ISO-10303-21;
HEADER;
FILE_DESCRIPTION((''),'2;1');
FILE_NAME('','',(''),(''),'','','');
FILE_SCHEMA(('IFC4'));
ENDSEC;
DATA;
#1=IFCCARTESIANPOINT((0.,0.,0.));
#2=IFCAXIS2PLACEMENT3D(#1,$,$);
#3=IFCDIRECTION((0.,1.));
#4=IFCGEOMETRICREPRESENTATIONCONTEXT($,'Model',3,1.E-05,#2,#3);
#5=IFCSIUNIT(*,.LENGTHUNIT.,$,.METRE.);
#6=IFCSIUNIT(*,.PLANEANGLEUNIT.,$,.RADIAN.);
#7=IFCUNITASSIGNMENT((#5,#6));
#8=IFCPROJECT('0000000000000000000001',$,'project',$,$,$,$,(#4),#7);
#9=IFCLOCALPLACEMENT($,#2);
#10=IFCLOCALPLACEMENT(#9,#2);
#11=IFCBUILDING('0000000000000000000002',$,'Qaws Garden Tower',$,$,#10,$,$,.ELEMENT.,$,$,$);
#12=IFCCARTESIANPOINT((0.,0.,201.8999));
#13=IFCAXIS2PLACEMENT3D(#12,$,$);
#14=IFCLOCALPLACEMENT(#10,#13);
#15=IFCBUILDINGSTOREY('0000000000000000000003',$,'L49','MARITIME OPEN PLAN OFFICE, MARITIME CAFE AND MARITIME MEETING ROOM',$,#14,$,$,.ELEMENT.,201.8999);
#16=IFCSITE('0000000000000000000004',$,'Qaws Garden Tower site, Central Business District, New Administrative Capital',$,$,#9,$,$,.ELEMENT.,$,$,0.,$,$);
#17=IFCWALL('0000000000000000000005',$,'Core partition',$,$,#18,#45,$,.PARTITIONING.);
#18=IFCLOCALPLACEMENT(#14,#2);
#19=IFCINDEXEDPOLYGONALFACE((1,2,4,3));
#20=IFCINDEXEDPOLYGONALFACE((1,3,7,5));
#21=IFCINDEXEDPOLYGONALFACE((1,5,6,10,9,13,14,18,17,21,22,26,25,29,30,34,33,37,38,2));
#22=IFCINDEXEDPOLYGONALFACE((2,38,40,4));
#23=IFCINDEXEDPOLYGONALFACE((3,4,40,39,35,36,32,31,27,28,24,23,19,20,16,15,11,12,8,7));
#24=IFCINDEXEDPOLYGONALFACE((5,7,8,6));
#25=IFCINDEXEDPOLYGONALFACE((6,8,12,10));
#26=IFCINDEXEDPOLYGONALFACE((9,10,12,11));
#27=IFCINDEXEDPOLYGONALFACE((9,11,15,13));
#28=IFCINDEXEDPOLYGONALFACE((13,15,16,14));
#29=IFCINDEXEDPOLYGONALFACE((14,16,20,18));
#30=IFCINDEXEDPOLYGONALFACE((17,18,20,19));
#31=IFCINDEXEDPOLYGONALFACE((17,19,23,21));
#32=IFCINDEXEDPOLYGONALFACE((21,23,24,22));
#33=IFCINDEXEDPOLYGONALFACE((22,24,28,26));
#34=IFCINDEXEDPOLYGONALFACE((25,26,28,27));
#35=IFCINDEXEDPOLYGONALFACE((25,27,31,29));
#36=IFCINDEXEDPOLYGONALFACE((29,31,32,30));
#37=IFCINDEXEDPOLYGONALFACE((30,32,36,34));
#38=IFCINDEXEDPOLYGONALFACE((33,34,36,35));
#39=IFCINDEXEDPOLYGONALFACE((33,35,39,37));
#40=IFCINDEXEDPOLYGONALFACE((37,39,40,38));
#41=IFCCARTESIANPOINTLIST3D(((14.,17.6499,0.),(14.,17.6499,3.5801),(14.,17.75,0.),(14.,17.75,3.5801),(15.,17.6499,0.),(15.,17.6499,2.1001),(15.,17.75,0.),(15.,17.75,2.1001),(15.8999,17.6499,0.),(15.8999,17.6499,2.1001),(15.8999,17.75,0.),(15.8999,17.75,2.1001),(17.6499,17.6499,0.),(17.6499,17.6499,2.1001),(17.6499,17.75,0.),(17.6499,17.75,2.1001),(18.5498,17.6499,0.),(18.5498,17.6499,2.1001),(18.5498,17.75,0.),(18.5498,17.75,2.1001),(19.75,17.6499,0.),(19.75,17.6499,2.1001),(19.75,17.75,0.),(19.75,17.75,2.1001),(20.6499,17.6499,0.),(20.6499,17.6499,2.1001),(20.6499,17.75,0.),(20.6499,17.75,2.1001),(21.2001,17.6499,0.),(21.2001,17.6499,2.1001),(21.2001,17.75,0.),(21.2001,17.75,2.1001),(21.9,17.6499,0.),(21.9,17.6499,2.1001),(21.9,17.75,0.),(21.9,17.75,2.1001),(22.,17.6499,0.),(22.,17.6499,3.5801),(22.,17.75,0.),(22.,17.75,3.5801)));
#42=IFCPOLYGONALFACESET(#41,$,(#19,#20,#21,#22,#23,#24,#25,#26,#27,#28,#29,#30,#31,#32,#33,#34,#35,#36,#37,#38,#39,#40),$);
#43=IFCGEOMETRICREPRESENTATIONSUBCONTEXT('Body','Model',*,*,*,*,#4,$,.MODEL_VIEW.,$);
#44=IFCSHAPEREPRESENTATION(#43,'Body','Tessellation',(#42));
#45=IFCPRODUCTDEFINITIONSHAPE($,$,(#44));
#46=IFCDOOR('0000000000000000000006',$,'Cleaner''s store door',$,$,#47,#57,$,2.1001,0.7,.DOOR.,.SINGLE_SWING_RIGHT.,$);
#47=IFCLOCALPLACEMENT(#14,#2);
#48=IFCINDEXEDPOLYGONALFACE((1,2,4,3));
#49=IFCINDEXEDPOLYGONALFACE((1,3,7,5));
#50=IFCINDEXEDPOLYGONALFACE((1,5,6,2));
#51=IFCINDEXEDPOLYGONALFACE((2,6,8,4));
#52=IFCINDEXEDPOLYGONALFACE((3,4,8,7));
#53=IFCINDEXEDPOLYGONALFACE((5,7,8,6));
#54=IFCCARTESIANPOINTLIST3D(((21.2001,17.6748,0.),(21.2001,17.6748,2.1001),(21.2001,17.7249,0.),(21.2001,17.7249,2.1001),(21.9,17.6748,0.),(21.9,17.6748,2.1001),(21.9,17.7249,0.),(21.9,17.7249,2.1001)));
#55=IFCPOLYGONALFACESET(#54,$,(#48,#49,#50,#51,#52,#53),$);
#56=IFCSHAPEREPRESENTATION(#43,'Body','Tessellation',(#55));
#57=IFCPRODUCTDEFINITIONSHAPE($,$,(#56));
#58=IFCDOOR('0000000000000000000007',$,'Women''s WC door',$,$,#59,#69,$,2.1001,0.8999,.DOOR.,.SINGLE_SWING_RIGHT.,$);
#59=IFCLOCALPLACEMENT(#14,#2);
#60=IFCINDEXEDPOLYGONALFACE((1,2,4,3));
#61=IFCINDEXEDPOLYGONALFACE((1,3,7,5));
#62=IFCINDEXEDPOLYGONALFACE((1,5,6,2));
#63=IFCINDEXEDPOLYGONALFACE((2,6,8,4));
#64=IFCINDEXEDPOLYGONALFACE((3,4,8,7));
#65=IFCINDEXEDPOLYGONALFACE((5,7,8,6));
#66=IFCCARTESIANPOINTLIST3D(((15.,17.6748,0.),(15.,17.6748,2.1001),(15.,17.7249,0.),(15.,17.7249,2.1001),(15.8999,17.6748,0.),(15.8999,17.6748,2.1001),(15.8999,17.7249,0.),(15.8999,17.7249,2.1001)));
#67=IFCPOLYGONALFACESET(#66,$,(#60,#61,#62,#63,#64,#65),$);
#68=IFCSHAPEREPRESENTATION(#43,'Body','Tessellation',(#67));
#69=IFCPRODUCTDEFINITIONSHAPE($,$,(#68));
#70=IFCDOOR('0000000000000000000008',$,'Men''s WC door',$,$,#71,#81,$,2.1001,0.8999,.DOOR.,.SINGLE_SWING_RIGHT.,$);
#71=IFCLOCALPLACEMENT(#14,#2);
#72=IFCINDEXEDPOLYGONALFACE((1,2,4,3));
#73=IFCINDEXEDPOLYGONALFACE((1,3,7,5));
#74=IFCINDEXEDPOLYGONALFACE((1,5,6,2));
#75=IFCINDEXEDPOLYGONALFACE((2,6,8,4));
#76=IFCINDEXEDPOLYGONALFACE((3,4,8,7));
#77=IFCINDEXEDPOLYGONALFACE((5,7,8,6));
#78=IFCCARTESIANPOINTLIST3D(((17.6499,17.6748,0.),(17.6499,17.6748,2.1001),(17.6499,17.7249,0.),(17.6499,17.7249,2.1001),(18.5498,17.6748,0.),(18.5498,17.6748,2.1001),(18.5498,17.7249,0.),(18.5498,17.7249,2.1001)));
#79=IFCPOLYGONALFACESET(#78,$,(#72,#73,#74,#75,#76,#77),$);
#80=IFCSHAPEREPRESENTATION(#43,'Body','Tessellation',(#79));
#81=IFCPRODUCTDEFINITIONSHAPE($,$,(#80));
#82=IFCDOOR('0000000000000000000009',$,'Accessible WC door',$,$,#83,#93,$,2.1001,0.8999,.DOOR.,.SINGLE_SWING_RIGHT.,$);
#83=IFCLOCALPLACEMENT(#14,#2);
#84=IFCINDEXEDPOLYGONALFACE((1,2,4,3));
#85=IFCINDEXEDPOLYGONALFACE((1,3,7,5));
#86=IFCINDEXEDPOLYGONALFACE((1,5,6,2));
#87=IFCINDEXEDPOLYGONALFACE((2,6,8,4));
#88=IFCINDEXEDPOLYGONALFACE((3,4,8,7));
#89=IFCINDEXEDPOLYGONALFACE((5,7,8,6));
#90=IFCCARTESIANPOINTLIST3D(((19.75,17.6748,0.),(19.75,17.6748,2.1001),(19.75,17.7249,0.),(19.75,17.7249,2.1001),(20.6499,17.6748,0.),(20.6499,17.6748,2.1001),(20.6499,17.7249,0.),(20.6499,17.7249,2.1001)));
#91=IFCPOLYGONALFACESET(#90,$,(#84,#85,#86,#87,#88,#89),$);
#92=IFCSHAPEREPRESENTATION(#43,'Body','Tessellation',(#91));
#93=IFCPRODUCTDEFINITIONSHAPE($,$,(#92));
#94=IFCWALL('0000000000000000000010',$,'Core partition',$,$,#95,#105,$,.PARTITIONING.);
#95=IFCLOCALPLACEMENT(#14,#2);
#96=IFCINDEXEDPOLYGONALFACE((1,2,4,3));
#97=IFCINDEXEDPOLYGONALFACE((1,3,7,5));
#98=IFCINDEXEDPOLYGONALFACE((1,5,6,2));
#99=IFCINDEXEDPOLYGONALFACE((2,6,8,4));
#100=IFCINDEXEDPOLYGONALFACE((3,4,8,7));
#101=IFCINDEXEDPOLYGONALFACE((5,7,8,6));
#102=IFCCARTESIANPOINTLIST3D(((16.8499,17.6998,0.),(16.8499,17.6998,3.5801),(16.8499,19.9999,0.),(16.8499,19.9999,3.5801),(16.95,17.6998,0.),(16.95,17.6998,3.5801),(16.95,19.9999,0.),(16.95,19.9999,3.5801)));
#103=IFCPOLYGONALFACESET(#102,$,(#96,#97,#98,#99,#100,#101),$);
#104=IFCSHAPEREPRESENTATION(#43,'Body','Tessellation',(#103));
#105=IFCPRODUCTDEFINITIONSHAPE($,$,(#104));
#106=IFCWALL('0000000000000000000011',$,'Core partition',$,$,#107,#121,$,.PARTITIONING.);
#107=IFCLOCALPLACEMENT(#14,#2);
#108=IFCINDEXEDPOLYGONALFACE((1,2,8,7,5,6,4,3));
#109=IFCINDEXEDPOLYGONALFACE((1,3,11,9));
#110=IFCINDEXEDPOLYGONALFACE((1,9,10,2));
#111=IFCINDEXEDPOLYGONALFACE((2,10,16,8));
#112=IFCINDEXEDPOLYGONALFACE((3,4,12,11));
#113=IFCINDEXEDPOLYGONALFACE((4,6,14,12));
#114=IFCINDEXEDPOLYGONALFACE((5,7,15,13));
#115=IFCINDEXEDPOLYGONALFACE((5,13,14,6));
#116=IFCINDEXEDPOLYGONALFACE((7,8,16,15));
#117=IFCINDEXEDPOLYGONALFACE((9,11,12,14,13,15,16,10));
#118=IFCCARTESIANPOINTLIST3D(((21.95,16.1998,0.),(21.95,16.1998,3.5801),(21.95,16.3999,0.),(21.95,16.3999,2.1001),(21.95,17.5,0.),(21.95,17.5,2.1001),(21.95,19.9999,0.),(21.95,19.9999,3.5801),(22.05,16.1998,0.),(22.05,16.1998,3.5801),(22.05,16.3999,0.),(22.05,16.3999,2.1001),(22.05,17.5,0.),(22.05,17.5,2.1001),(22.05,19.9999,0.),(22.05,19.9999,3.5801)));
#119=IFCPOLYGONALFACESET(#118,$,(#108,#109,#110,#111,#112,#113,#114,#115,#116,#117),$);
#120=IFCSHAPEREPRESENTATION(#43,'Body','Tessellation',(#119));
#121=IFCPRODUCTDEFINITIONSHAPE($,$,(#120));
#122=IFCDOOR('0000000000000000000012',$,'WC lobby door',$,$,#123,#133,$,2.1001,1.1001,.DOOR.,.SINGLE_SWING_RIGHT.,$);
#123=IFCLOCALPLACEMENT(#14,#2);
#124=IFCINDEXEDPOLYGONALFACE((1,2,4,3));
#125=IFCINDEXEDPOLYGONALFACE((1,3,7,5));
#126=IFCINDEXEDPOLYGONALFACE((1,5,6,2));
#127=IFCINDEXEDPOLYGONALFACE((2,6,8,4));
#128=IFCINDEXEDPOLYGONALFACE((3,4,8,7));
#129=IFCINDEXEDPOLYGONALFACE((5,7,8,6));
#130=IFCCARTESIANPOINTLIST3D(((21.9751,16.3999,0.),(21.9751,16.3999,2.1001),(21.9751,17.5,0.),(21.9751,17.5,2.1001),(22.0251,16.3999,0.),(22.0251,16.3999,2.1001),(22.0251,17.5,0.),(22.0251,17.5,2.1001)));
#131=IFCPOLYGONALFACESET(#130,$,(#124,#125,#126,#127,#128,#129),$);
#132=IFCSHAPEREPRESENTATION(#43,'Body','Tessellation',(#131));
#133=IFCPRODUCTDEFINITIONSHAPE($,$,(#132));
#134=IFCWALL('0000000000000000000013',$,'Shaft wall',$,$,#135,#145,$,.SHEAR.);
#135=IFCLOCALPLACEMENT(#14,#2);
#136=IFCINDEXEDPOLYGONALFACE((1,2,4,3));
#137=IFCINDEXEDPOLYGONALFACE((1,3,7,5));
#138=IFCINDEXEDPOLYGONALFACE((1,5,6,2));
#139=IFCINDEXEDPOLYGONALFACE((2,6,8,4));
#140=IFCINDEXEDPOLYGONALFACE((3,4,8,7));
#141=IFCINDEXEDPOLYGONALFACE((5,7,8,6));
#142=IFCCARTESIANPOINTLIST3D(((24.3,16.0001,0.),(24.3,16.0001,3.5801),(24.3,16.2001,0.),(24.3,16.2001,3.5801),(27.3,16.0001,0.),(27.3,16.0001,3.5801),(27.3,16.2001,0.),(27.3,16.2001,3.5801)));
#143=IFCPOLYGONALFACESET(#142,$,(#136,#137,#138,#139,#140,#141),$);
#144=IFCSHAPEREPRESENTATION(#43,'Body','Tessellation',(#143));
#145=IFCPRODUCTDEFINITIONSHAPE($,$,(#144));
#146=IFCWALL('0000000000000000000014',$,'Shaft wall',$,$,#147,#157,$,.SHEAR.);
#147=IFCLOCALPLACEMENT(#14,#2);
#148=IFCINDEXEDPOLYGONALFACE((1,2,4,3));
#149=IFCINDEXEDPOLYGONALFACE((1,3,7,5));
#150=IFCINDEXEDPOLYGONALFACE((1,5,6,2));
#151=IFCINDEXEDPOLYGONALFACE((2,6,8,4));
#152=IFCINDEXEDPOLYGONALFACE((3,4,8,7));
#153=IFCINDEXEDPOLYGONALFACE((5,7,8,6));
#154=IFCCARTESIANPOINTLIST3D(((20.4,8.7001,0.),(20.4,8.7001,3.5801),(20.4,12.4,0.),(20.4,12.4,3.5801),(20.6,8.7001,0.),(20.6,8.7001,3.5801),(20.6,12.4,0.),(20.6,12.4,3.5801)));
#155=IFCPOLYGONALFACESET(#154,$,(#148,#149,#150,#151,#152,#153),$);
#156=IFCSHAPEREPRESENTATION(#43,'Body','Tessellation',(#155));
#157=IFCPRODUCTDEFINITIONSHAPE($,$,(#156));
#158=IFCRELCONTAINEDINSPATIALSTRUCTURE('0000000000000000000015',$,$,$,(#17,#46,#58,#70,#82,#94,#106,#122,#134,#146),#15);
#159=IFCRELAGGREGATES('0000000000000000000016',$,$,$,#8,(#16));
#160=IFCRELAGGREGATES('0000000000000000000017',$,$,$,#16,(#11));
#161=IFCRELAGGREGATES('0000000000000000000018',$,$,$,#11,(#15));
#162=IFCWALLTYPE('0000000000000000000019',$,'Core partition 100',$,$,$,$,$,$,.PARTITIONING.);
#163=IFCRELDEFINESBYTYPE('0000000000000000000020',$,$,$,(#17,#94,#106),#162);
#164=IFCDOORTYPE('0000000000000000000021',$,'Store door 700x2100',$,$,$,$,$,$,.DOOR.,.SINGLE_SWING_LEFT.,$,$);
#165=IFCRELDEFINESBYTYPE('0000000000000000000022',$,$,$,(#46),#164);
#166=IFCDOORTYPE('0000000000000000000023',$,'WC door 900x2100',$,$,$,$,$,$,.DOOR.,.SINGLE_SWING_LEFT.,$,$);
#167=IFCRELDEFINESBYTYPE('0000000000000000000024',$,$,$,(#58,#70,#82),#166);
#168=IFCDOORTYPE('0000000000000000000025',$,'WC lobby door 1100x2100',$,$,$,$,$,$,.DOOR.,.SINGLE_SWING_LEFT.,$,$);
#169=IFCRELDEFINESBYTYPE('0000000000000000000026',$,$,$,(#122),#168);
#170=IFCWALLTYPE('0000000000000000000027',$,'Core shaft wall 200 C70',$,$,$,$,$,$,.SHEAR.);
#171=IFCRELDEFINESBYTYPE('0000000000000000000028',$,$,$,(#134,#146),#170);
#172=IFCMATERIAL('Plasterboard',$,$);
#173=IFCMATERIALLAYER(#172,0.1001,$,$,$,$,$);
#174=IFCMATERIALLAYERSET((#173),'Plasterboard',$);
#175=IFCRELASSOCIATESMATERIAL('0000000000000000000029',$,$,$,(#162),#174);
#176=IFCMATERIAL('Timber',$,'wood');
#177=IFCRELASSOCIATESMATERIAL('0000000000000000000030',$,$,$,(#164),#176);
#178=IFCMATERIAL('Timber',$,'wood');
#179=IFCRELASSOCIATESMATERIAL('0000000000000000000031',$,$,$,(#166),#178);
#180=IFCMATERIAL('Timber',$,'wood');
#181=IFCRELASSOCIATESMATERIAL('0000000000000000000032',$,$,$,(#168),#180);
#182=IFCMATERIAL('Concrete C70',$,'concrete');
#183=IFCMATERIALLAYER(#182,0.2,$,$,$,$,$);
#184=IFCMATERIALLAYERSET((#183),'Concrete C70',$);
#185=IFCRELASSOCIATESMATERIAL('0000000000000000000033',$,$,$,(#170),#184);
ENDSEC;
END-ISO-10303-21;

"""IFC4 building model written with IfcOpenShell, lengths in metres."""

from ifc_helpers import new_model, si_unit, direction, frame, frame_2d, origin, place, context, subcontext, project, spatial, rectangle, extrude, material, layer, layer_set, type_object, element, fill, save


model = new_model("IFC4")

# Units and contexts
model_context = context("Model", 3, precision=1e-05, world=origin(), true_north=direction((0.0, 1.0)))
body_context = subcontext(model_context, "Body", "Model", "MODEL_VIEW")
ifc_project = project(units=[si_unit("LENGTHUNIT", "METRE"), si_unit("PLANEANGLEUNIT", "RADIAN")], contexts=[model_context])

# Site, building, storey
site_placement = place(None, origin())
site = spatial("IfcSite", under=ifc_project, at=site_placement, Name="Qaws Garden Tower site, Central Business District, New Administrative Capital", CompositionType="ELEMENT", RefElevation=0.0)
building_placement = place(site_placement, origin())
building = spatial("IfcBuilding", under=site, at=building_placement, Name="Qaws Garden Tower", CompositionType="ELEMENT")
storey_placement = place(building_placement, frame((0.0, 0.0, 201.8999)))
storey = spatial("IfcBuildingStorey", under=building, at=storey_placement, Name="L49", Description="MARITIME OPEN PLAN OFFICE, MARITIME CAFE AND MARITIME MEETING ROOM", CompositionType="ELEMENT", Elevation=201.8999)

# Wall, openings, doors
ifc_material_1 = material(Name="Plasterboard")
ifc_layer_1 = layer(ifc_material_1, 0.1001)
ifc_layer_set_1 = layer_set([ifc_layer_1], Name="Plasterboard")
wall_type_1 = type_object("IfcWallType", Name="Core partition 100", PredefinedType="PARTITIONING", material=ifc_layer_set_1)
wall_1_placement = place(storey_placement, frame((14.0, 17.7, 0.0), z_axis=(0.0, 0.0, 1.0), x_axis=(1.0, 0.0, 0.0)))
wall_1 = element("IfcWall", 1, at=wall_1_placement, inside=storey, type_object=wall_type_1, Name="Core partition", PredefinedType="PARTITIONING", context=body_context, shape_type="SweptSolid", body=[
    extrude(rectangle(XDim=8.0, YDim=0.1001, at=frame_2d((4.0, 0.0))), origin(), (0.0, 0.0, 1.0), 3.5801),
])
opening_1_placement = place(wall_1_placement, frame((1.0, 0.0, 0.0)))
opening_1 = element("IfcOpeningElement", 2, at=opening_1_placement, cuts=wall_1, PredefinedType="OPENING", context=body_context, shape_type="SweptSolid", body=[
    extrude(rectangle(XDim=0.8999, YDim=2.1001, at=frame_2d((0.45, 1.05))), frame((0.0, 0.0601, 0.0), z_axis=(0.0, -1.0, 0.0), x_axis=(1.0, 0.0, 0.0)), (0.0, 0.0, 1.0), 0.1201),
])
opening_2_placement = place(wall_1_placement, frame((3.6499, 0.0, 0.0)))
opening_2 = element("IfcOpeningElement", 3, at=opening_2_placement, cuts=wall_1, PredefinedType="OPENING", context=body_context, shape_type="SweptSolid", body=[
    extrude(rectangle(XDim=0.8999, YDim=2.1001, at=frame_2d((0.45, 1.05))), frame((0.0, 0.0601, 0.0), z_axis=(0.0, -1.0, 0.0), x_axis=(1.0, 0.0, 0.0)), (0.0, 0.0, 1.0), 0.1201),
])
opening_3_placement = place(wall_1_placement, frame((5.75, 0.0, 0.0)))
opening_3 = element("IfcOpeningElement", 4, at=opening_3_placement, cuts=wall_1, PredefinedType="OPENING", context=body_context, shape_type="SweptSolid", body=[
    extrude(rectangle(XDim=0.8999, YDim=2.1001, at=frame_2d((0.45, 1.05))), frame((0.0, 0.0601, 0.0), z_axis=(0.0, -1.0, 0.0), x_axis=(1.0, 0.0, 0.0)), (0.0, 0.0, 1.0), 0.1201),
])
opening_4_placement = place(wall_1_placement, frame((7.2, 0.0, 0.0)))
opening_4 = element("IfcOpeningElement", 5, at=opening_4_placement, cuts=wall_1, PredefinedType="OPENING", context=body_context, shape_type="SweptSolid", body=[
    extrude(rectangle(XDim=0.7, YDim=2.1001, at=frame_2d((0.3501, 1.05))), frame((0.0, 0.0601, 0.0), z_axis=(0.0, -1.0, 0.0), x_axis=(1.0, 0.0, 0.0)), (0.0, 0.0, 1.0), 0.1201),
])
ifc_material_2 = material(Name="Timber", Category="wood")
door_type_1 = type_object("IfcDoorType", Name="Store door 700x2100", OperationType="SINGLE_SWING_LEFT", PredefinedType="DOOR", material=ifc_material_2)
door_1_placement = place(opening_4_placement, origin())
door_1 = element("IfcDoor", 6, at=door_1_placement, inside=storey, type_object=door_type_1, Name="Cleaner's store door", OperationType="SINGLE_SWING_RIGHT", OverallHeight=2.1001, OverallWidth=0.7, PredefinedType="DOOR", context=body_context, shape_type="SweptSolid", body=[
    extrude(rectangle(XDim=0.7, YDim=2.1001, at=frame_2d((0.3501, 1.05))), frame((0.0, 0.0249, 0.0), z_axis=(0.0, -1.0, 0.0), x_axis=(1.0, 0.0, 0.0)), (0.0, 0.0, 1.0), 0.05),
])
fill(opening_4, door_1)
ifc_material_3 = material(Name="Timber", Category="wood")
door_type_2 = type_object("IfcDoorType", Name="WC door 900x2100", OperationType="SINGLE_SWING_LEFT", PredefinedType="DOOR", material=ifc_material_3)
door_2_placement = place(opening_1_placement, origin())
door_2 = element("IfcDoor", 7, at=door_2_placement, inside=storey, type_object=door_type_2, Name="Women's WC door", OperationType="SINGLE_SWING_RIGHT", OverallHeight=2.1001, OverallWidth=0.8999, PredefinedType="DOOR", context=body_context, shape_type="SweptSolid", body=[
    extrude(rectangle(XDim=0.8999, YDim=2.1001, at=frame_2d((0.45, 1.05))), frame((0.0, 0.0249, 0.0), z_axis=(0.0, -1.0, 0.0), x_axis=(1.0, 0.0, 0.0)), (0.0, 0.0, 1.0), 0.05),
])
fill(opening_1, door_2)
door_3_placement = place(opening_2_placement, origin())
door_3 = element("IfcDoor", 8, at=door_3_placement, inside=storey, type_object=door_type_2, Name="Men's WC door", OperationType="SINGLE_SWING_RIGHT", OverallHeight=2.1001, OverallWidth=0.8999, PredefinedType="DOOR", context=body_context, shape_type="SweptSolid", body=[
    extrude(rectangle(XDim=0.8999, YDim=2.1001, at=frame_2d((0.45, 1.05))), frame((0.0, 0.0249, 0.0), z_axis=(0.0, -1.0, 0.0), x_axis=(1.0, 0.0, 0.0)), (0.0, 0.0, 1.0), 0.05),
])
fill(opening_2, door_3)
door_4_placement = place(opening_3_placement, origin())
door_4 = element("IfcDoor", 9, at=door_4_placement, inside=storey, type_object=door_type_2, Name="Accessible WC door", OperationType="SINGLE_SWING_RIGHT", OverallHeight=2.1001, OverallWidth=0.8999, PredefinedType="DOOR", context=body_context, shape_type="SweptSolid", body=[
    extrude(rectangle(XDim=0.8999, YDim=2.1001, at=frame_2d((0.45, 1.05))), frame((0.0, 0.0249, 0.0), z_axis=(0.0, -1.0, 0.0), x_axis=(1.0, 0.0, 0.0)), (0.0, 0.0, 1.0), 0.05),
])
fill(opening_3, door_4)

# Wall
wall_2_placement = place(storey_placement, frame((16.8999, 17.7, 0.0), z_axis=(0.0, 0.0, 1.0), x_axis=(0.0, 1.0, 0.0)))
element("IfcWall", 10, at=wall_2_placement, inside=storey, type_object=wall_type_1, Name="Core partition", PredefinedType="PARTITIONING", context=body_context, shape_type="SweptSolid", body=[
    extrude(rectangle(XDim=2.3, YDim=0.1001, at=frame_2d((1.1499, 0.0))), origin(), (0.0, 0.0, 1.0), 3.5801),
])

# Wall, opening, door
wall_3_placement = place(storey_placement, frame((22.0, 16.2, 0.0), z_axis=(0.0, 0.0, 1.0), x_axis=(0.0, 1.0, 0.0)))
wall_3 = element("IfcWall", 11, at=wall_3_placement, inside=storey, type_object=wall_type_1, Name="Core partition", PredefinedType="PARTITIONING", context=body_context, shape_type="SweptSolid", body=[
    extrude(rectangle(XDim=3.8, YDim=0.1001, at=frame_2d((1.8999, 0.0))), origin(), (0.0, 0.0, 1.0), 3.5801),
])
opening_5_placement = place(wall_3_placement, frame((0.2, 0.0, 0.0)))
opening_5 = element("IfcOpeningElement", 12, at=opening_5_placement, cuts=wall_3, PredefinedType="OPENING", context=body_context, shape_type="SweptSolid", body=[
    extrude(rectangle(XDim=1.1001, YDim=2.1001, at=frame_2d((0.55, 1.05))), frame((0.0, 0.0601, 0.0), z_axis=(0.0, -1.0, 0.0), x_axis=(1.0, 0.0, 0.0)), (0.0, 0.0, 1.0), 0.1201),
])
ifc_material_4 = material(Name="Timber", Category="wood")
door_type_3 = type_object("IfcDoorType", Name="WC lobby door 1100x2100", OperationType="SINGLE_SWING_LEFT", PredefinedType="DOOR", material=ifc_material_4)
door_5_placement = place(opening_5_placement, origin())
door_5 = element("IfcDoor", 13, at=door_5_placement, inside=storey, type_object=door_type_3, Name="WC lobby door", OperationType="SINGLE_SWING_RIGHT", OverallHeight=2.1001, OverallWidth=1.1001, PredefinedType="DOOR", context=body_context, shape_type="SweptSolid", body=[
    extrude(rectangle(XDim=1.1001, YDim=2.1001, at=frame_2d((0.55, 1.05))), frame((0.0, 0.0249, 0.0), z_axis=(0.0, -1.0, 0.0), x_axis=(1.0, 0.0, 0.0)), (0.0, 0.0, 1.0), 0.05),
])
fill(opening_5, door_5)

# Walls
ifc_material_5 = material(Name="Concrete C70", Category="concrete")
ifc_layer_2 = layer(ifc_material_5, 0.2)
ifc_layer_set_2 = layer_set([ifc_layer_2], Name="Concrete C70")
wall_type_2 = type_object("IfcWallType", Name="Core shaft wall 200 C70", PredefinedType="SHEAR", material=ifc_layer_set_2)
wall_4_placement = place(storey_placement, frame((24.3, 16.1001, 0.0), z_axis=(0.0, 0.0, 1.0), x_axis=(1.0, 0.0, 0.0)))
element("IfcWall", 14, at=wall_4_placement, inside=storey, type_object=wall_type_2, Name="Shaft wall", PredefinedType="SHEAR", context=body_context, shape_type="SweptSolid", body=[
    extrude(rectangle(XDim=3.0, YDim=0.2, at=frame_2d((1.5, 0.0))), origin(), (0.0, 0.0, 1.0), 3.5801),
])
wall_5_placement = place(storey_placement, frame((20.5, 8.7, 0.0), z_axis=(0.0, 0.0, 1.0), x_axis=(0.0, 1.0, 0.0)))
element("IfcWall", 15, at=wall_5_placement, inside=storey, type_object=wall_type_2, Name="Shaft wall", PredefinedType="SHEAR", context=body_context, shape_type="SweptSolid", body=[
    extrude(rectangle(XDim=3.7, YDim=0.2, at=frame_2d((1.8501, 0.0))), origin(), (0.0, 0.0, 1.0), 3.5801),
])

save(model, "model.ifc")
